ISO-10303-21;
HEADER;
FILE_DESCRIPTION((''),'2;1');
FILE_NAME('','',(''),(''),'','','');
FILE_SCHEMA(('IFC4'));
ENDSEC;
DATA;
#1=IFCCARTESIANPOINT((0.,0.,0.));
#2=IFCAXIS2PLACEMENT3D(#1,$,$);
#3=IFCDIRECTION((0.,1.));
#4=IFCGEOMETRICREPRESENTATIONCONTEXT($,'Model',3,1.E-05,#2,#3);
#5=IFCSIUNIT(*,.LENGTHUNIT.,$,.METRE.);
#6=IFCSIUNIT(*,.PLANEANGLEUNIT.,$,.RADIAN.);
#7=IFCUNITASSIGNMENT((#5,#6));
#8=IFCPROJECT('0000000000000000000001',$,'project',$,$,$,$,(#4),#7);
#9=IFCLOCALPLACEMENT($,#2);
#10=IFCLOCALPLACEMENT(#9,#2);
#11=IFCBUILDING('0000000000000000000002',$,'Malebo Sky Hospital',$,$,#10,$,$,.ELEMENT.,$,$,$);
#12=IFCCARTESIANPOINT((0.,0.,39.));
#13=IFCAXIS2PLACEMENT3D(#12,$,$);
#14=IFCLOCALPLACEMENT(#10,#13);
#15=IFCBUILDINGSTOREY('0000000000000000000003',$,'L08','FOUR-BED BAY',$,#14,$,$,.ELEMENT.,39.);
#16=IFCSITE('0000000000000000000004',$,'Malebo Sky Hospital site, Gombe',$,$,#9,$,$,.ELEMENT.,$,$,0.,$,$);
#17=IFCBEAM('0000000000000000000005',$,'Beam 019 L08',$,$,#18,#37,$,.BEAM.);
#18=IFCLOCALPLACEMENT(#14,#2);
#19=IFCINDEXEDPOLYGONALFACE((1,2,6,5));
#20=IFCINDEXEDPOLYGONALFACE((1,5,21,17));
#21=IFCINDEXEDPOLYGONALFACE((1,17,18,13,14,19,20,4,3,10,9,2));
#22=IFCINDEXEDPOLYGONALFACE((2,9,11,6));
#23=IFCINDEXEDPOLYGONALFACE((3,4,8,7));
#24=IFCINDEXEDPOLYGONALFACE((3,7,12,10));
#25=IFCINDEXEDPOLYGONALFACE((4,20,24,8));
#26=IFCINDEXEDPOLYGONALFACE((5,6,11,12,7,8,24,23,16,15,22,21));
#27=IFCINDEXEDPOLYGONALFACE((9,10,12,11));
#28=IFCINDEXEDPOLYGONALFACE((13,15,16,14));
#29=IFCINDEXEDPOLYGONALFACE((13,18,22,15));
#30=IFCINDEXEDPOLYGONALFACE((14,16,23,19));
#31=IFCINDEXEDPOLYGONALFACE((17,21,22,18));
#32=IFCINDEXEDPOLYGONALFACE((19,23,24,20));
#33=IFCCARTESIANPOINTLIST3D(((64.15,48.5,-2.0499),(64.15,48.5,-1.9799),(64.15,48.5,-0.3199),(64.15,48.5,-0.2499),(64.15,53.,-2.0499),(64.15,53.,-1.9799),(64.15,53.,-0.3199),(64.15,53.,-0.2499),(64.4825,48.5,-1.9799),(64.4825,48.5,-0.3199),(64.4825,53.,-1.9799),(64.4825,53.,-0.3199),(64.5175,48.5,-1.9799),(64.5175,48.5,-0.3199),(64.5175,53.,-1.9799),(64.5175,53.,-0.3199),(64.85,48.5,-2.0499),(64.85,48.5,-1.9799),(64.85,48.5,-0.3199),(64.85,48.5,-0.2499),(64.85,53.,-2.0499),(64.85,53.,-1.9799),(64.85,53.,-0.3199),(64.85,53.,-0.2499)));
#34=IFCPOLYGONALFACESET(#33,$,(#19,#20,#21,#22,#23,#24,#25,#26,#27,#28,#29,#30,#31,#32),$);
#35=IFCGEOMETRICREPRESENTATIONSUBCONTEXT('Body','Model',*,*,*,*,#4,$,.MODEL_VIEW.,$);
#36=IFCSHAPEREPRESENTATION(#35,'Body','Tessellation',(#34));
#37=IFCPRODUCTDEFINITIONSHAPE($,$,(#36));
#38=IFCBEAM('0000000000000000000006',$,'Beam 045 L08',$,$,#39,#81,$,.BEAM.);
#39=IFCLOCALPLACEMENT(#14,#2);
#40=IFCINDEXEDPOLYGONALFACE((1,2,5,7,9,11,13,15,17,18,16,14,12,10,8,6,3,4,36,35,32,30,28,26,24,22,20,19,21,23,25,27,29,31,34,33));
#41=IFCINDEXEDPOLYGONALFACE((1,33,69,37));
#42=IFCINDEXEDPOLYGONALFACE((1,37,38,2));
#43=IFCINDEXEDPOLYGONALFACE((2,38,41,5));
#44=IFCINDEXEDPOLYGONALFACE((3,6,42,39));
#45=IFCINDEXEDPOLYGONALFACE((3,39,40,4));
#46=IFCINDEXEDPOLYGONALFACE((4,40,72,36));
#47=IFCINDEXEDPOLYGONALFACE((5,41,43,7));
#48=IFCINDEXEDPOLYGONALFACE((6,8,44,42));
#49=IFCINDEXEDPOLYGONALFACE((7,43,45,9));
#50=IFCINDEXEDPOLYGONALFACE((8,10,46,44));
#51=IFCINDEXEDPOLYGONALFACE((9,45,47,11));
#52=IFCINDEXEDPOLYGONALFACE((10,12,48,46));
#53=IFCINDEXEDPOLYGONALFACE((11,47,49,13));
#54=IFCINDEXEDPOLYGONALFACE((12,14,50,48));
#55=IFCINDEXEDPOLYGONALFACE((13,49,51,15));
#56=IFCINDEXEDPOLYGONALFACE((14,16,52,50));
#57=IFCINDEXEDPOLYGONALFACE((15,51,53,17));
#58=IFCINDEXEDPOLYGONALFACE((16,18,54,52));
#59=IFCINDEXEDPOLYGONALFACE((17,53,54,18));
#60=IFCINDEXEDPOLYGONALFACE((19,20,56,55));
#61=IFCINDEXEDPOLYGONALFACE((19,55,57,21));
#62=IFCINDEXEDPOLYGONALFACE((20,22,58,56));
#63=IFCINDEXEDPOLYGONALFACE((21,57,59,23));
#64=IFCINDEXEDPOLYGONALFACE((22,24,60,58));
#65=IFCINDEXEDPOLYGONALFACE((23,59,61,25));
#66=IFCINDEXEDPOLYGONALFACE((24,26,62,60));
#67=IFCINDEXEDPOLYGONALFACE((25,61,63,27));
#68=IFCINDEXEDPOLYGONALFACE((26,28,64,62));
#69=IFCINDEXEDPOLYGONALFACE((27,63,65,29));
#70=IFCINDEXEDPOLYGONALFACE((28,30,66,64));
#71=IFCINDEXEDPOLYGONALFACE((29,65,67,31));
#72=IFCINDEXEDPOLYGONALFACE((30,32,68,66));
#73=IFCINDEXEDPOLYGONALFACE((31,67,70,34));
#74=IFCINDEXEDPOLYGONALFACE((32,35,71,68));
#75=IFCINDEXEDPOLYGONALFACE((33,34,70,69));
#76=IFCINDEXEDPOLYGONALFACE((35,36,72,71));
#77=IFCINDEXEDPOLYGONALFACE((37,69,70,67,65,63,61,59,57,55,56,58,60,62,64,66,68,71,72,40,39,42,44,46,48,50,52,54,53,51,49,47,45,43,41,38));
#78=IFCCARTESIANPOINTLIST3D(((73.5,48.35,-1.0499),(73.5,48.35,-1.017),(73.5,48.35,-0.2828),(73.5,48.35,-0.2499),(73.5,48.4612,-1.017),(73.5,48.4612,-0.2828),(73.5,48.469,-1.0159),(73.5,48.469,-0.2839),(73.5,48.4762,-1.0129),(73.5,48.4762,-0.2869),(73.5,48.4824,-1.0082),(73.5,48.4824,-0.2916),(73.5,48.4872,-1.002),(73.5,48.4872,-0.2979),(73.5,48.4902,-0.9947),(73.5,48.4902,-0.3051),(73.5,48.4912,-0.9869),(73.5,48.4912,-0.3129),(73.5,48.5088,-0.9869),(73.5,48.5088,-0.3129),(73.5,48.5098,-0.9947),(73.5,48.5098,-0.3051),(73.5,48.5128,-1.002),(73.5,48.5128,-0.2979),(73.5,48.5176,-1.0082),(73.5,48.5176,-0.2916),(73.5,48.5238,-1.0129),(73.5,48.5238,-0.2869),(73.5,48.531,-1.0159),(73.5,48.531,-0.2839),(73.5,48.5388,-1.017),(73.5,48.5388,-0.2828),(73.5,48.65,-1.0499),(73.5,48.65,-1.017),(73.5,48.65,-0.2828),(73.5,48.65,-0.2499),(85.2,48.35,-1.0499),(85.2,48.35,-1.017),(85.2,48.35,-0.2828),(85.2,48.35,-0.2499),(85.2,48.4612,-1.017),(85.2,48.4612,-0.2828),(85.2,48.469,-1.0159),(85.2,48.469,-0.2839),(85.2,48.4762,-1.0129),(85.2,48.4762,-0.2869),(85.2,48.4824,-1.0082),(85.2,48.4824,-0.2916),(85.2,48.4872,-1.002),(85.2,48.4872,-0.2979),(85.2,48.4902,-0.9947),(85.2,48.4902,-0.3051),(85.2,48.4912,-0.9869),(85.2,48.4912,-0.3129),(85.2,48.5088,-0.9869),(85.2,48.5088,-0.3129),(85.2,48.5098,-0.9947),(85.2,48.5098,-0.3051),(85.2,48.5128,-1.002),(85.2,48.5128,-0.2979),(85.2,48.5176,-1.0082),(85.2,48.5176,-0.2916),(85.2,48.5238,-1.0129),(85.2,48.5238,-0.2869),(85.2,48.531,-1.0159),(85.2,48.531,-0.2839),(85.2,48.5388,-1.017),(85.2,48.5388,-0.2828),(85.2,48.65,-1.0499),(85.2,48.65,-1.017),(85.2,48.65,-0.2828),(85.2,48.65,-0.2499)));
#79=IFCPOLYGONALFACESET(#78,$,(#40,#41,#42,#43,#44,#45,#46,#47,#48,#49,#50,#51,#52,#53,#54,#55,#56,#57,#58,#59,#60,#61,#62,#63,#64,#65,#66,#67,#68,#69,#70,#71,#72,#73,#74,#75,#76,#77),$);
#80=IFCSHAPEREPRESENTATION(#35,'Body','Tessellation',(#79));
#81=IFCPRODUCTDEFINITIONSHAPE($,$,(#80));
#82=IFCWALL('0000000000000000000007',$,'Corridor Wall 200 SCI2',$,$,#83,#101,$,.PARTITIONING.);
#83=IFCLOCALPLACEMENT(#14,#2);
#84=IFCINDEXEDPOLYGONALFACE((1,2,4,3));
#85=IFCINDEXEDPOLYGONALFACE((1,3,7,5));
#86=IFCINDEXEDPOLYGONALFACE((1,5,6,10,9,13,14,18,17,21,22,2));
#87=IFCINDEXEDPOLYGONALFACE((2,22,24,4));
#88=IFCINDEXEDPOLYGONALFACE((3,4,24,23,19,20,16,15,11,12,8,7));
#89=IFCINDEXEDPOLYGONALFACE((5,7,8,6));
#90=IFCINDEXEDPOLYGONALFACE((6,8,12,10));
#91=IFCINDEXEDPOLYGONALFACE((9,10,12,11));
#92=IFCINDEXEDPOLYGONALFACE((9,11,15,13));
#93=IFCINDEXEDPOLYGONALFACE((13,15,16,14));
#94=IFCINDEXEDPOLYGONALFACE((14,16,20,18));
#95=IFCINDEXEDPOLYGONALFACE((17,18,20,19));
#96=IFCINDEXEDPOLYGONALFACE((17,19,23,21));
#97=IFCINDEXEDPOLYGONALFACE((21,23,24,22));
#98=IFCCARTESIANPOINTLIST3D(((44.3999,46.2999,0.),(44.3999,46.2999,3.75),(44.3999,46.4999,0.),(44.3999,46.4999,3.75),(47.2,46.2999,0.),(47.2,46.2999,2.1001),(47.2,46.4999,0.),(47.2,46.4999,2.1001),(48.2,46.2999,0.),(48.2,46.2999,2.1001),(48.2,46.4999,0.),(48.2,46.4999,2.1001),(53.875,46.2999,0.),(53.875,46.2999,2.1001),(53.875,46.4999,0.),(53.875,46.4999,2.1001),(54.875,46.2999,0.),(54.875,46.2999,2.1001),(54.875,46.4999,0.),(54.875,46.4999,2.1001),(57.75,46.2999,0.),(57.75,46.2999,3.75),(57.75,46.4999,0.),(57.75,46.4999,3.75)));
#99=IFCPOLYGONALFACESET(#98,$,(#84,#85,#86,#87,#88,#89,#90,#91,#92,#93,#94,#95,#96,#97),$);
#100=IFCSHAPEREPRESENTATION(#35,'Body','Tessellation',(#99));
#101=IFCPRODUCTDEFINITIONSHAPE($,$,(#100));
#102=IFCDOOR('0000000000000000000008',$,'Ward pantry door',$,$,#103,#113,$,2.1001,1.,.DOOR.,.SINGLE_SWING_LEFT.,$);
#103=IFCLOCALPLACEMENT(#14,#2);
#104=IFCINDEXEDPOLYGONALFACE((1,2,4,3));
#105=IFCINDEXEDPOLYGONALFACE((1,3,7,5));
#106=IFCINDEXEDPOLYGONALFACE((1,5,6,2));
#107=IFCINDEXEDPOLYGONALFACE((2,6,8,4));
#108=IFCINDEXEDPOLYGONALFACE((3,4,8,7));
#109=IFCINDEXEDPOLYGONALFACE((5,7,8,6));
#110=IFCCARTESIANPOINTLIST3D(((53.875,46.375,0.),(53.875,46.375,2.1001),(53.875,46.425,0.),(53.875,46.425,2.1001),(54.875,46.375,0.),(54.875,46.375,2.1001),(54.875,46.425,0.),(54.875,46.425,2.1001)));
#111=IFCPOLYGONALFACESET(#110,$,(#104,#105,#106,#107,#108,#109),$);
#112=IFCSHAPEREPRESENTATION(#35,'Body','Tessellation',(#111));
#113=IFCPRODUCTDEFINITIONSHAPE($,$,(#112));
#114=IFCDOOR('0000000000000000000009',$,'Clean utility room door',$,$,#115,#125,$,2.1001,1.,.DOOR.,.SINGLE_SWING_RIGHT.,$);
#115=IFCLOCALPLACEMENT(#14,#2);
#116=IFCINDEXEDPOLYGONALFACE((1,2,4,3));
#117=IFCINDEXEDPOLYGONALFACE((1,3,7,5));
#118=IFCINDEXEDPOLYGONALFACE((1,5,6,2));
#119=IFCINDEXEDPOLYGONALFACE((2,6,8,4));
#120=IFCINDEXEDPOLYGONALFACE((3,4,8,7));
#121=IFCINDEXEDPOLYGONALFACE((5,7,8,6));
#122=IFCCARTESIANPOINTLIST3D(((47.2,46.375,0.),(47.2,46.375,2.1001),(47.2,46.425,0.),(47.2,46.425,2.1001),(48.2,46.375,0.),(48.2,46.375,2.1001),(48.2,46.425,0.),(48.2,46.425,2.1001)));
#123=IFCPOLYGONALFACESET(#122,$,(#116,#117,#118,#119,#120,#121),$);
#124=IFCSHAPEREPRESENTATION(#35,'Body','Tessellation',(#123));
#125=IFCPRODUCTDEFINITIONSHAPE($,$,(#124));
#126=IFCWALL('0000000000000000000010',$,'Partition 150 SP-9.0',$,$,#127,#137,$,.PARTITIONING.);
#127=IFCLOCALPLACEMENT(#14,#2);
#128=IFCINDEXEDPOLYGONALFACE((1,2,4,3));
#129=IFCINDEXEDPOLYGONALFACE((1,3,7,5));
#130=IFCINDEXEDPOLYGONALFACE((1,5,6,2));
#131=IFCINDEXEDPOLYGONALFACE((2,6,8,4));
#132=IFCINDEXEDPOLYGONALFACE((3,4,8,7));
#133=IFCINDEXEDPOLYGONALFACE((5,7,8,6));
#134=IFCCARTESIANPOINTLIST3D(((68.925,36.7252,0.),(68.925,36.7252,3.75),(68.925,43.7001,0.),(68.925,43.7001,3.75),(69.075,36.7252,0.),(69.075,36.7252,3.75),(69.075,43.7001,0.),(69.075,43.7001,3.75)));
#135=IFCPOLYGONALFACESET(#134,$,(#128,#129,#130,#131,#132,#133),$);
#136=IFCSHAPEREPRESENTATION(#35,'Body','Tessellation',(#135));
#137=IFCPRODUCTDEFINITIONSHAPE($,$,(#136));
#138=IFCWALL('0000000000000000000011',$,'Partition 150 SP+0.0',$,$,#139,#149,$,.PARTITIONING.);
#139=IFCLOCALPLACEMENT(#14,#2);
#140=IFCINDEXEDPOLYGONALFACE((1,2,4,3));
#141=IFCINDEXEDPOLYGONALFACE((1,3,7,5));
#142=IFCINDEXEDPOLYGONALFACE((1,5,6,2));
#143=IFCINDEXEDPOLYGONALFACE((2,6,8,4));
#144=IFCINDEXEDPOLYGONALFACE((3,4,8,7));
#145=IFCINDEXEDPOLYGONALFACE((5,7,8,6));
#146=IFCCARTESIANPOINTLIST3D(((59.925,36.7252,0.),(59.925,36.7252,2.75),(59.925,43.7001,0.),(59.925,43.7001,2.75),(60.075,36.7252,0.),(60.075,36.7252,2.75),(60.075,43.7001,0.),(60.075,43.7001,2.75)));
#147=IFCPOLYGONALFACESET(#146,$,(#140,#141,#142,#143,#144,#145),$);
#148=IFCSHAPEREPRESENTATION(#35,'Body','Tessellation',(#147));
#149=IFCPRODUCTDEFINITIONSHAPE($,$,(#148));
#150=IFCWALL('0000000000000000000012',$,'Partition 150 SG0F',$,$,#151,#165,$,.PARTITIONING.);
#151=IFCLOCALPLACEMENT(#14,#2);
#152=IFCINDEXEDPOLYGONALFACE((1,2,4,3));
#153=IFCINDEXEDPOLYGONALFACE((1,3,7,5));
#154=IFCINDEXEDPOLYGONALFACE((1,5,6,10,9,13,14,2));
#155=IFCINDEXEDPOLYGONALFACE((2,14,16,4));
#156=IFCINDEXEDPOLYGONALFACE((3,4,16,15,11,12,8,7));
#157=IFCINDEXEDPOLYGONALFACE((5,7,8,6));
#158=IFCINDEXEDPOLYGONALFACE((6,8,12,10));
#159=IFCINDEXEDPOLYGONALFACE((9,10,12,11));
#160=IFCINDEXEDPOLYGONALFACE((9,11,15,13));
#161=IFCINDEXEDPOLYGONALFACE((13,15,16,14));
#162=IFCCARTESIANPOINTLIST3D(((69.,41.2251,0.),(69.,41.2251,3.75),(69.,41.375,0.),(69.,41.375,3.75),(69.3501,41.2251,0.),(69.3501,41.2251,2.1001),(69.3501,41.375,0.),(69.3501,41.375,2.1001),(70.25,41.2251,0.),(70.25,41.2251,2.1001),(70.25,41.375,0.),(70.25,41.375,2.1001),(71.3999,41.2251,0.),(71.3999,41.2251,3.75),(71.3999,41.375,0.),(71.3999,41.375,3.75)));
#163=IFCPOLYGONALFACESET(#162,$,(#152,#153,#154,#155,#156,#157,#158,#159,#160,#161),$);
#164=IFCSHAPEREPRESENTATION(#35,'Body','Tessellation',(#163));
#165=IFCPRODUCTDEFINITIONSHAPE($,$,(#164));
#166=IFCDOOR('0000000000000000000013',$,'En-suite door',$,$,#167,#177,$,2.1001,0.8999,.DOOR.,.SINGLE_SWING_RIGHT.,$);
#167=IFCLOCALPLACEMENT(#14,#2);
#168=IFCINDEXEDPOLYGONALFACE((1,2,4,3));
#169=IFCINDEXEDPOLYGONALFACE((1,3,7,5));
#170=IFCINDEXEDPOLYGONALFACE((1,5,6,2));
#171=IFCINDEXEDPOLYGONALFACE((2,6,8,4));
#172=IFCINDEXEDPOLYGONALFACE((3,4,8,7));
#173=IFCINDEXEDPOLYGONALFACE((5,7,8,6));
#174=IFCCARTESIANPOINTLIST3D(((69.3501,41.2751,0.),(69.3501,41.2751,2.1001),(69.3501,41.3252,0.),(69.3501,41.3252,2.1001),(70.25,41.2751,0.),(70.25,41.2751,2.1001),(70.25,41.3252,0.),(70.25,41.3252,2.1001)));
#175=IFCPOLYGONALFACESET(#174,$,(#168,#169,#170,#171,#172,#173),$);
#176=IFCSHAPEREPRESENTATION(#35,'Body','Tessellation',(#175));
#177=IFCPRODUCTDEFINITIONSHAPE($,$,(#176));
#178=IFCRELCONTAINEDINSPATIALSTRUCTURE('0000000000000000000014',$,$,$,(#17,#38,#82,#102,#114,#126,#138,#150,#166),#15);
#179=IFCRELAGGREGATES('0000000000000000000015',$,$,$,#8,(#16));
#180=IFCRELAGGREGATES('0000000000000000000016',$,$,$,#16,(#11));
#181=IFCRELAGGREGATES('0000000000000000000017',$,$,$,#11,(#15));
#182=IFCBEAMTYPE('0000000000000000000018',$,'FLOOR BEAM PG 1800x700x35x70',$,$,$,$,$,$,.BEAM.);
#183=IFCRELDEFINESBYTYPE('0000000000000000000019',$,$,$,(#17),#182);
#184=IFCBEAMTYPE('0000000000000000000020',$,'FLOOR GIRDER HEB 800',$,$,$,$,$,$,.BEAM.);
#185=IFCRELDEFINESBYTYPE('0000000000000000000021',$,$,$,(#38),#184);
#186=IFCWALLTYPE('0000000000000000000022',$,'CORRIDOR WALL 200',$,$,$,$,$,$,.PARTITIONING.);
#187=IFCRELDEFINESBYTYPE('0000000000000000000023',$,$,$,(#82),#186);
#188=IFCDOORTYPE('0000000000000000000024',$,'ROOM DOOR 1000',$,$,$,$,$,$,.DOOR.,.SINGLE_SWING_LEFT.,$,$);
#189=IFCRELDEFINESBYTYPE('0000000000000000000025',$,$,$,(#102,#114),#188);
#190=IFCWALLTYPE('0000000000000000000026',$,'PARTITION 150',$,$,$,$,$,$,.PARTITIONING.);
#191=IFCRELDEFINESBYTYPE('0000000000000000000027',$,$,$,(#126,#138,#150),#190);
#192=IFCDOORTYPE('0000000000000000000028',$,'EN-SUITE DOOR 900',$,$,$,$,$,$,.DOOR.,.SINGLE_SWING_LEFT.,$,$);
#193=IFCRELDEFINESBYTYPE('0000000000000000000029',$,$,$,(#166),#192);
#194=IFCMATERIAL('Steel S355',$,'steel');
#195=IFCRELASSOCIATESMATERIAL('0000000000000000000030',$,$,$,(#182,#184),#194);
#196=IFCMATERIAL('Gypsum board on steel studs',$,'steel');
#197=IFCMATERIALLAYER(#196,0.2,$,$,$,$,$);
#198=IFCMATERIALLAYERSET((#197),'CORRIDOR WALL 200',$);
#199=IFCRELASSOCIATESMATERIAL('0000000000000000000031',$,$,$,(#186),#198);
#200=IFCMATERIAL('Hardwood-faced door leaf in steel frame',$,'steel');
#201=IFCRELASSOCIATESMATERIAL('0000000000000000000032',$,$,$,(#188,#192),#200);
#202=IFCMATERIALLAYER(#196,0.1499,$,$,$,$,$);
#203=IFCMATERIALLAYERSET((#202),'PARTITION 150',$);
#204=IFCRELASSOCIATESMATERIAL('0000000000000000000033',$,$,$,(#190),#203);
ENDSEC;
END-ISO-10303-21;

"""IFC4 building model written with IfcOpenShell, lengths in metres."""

from ifc_helpers import new_model, si_unit, direction, frame, frame_2d, origin, origin_2d, place, context, subcontext, project, spatial, rectangle, i_section, extrude, material, layer, layer_set, material_profile, profile_set, type_object, element, fill, save


model = new_model("IFC4")

# Units and contexts
model_context = context("Model", 3, precision=1e-05, world=origin(), true_north=direction((0.0, 1.0)))
body_context = subcontext(model_context, "Body", "Model", "MODEL_VIEW")
ifc_project = project(units=[si_unit("LENGTHUNIT", "METRE"), si_unit("PLANEANGLEUNIT", "RADIAN")], contexts=[model_context])

# Site, building, storey
site_placement = place(None, origin())
site = spatial("IfcSite", under=ifc_project, at=site_placement, Name="Malebo Sky Hospital site, Gombe", CompositionType="ELEMENT", RefElevation=0.0)
building_placement = place(site_placement, origin())
building = spatial("IfcBuilding", under=site, at=building_placement, Name="Malebo Sky Hospital", CompositionType="ELEMENT")
storey_placement = place(building_placement, frame((0.0, 0.0, 39.0)))
storey = spatial("IfcBuildingStorey", under=building, at=storey_placement, Name="L08", Description="FOUR-BED BAY", CompositionType="ELEMENT", Elevation=39.0)

# Beams
ifc_material_1 = material(Name="Steel S355", Category="steel")
ifc_material_profile_1 = material_profile(ifc_material_1, i_section(OverallWidth=0.7, OverallDepth=1.8, WebThickness=0.0349, FlangeThickness=0.0701, at=origin_2d()), Name="PG 1800x700x35x70")
ifc_profile_set_1 = profile_set([ifc_material_profile_1], Name="Steel S355")
beam_type_1 = type_object("IfcBeamType", Name="FLOOR BEAM PG 1800x700x35x70", PredefinedType="BEAM", material=ifc_profile_set_1)
beam_1_placement = place(storey_placement, frame((64.5, 48.5, -1.1499), z_axis=(0.0, 1.0, 0.0), x_axis=(-1.0, 0.0, 0.0)))
element("IfcBeam", 1, at=beam_1_placement, inside=storey, type_object=beam_type_1, Name="Beam 019 L08", PredefinedType="BEAM", context=body_context, shape_type="SweptSolid", body=[
    extrude(i_section(OverallWidth=0.7, OverallDepth=1.8, WebThickness=0.0349, FlangeThickness=0.0701, at=origin_2d()), origin(), (0.0, 0.0, 1.0), 4.5),
])
ifc_material_profile_2 = material_profile(ifc_material_1, i_section(OverallWidth=0.3, OverallDepth=0.8, WebThickness=0.0176, FlangeThickness=0.033, FilletRadius=0.03, at=origin_2d()), Name="HEB 800")
ifc_profile_set_2 = profile_set([ifc_material_profile_2], Name="Steel S355")
beam_type_2 = type_object("IfcBeamType", Name="FLOOR GIRDER HEB 800", PredefinedType="BEAM", material=ifc_profile_set_2)
beam_2_placement = place(storey_placement, frame((73.5, 48.5, -0.6499), z_axis=(1.0, 0.0, 0.0), x_axis=(0.0, 1.0, 0.0)))
element("IfcBeam", 2, at=beam_2_placement, inside=storey, type_object=beam_type_2, Name="Beam 045 L08", PredefinedType="BEAM", context=body_context, shape_type="SweptSolid", body=[
    extrude(i_section(OverallWidth=0.3, OverallDepth=0.8, WebThickness=0.0176, FlangeThickness=0.033, FilletRadius=0.03, at=origin_2d()), origin(), (0.0, 0.0, 1.0), 11.7),
])

# Wall, openings, doors
ifc_material_2 = material(Name="Gypsum board on steel studs", Category="steel")
ifc_layer_1 = layer(ifc_material_2, 0.2)
ifc_layer_set_1 = layer_set([ifc_layer_1], Name="CORRIDOR WALL 200")
wall_type_1 = type_object("IfcWallType", Name="CORRIDOR WALL 200", PredefinedType="PARTITIONING", material=ifc_layer_set_1)
wall_1_placement = place(storey_placement, frame((57.75, 46.3999, 0.0), z_axis=(0.0, 0.0, 1.0), x_axis=(-1.0, 0.0, 0.0)))
wall_1 = element("IfcWall", 3, at=wall_1_placement, inside=storey, type_object=wall_type_1, Name="Corridor Wall 200 SCI2", PredefinedType="PARTITIONING", context=body_context, shape_type="SweptSolid", body=[
    extrude(rectangle(XDim=13.3501, YDim=0.2, at=frame_2d((6.675, 0.0))), origin(), (0.0, 0.0, 1.0), 3.75),
])
opening_1_placement = place(wall_1_placement, frame((2.875, 0.0, 0.0)))
opening_1 = element("IfcOpeningElement", 4, at=opening_1_placement, cuts=wall_1, PredefinedType="OPENING", context=body_context, shape_type="SweptSolid", body=[
    extrude(rectangle(XDim=1.0, YDim=2.1001, at=frame_2d((0.5, 1.05))), frame((0.0, 0.1099, 0.0), z_axis=(0.0, -1.0, 0.0), x_axis=(1.0, 0.0, 0.0)), (0.0, 0.0, 1.0), 0.22),
])
opening_2_placement = place(wall_1_placement, frame((9.55, 0.0, 0.0)))
opening_2 = element("IfcOpeningElement", 5, at=opening_2_placement, cuts=wall_1, PredefinedType="OPENING", context=body_context, shape_type="SweptSolid", body=[
    extrude(rectangle(XDim=1.0, YDim=2.1001, at=frame_2d((0.5, 1.05))), frame((0.0, 0.1099, 0.0), z_axis=(0.0, -1.0, 0.0), x_axis=(1.0, 0.0, 0.0)), (0.0, 0.0, 1.0), 0.22),
])
ifc_material_3 = material(Name="Hardwood-faced door leaf in steel frame", Category="steel")
door_type_1 = type_object("IfcDoorType", Name="ROOM DOOR 1000", OperationType="SINGLE_SWING_LEFT", PredefinedType="DOOR", material=ifc_material_3)
door_1_placement = place(opening_1_placement, origin())
door_1 = element("IfcDoor", 6, at=door_1_placement, inside=storey, type_object=door_type_1, Name="Ward pantry door", OperationType="SINGLE_SWING_LEFT", OverallHeight=2.1001, OverallWidth=1.0, PredefinedType="DOOR", context=body_context, shape_type="SweptSolid", body=[
    extrude(rectangle(XDim=1.0, YDim=2.1001, at=frame_2d((0.5, 1.05))), frame((0.0, 0.0249, 0.0), z_axis=(0.0, -1.0, 0.0), x_axis=(1.0, 0.0, 0.0)), (0.0, 0.0, 1.0), 0.05),
])
fill(opening_1, door_1)
door_2_placement = place(opening_2_placement, origin())
door_2 = element("IfcDoor", 7, at=door_2_placement, inside=storey, type_object=door_type_1, Name="Clean utility room door", OperationType="SINGLE_SWING_RIGHT", OverallHeight=2.1001, OverallWidth=1.0, PredefinedType="DOOR", context=body_context, shape_type="SweptSolid", body=[
    extrude(rectangle(XDim=1.0, YDim=2.1001, at=frame_2d((0.5, 1.05))), frame((0.0, 0.0249, 0.0), z_axis=(0.0, -1.0, 0.0), x_axis=(1.0, 0.0, 0.0)), (0.0, 0.0, 1.0), 0.05),
])
fill(opening_2, door_2)

# Walls
ifc_layer_2 = layer(ifc_material_2, 0.1499)
ifc_layer_set_2 = layer_set([ifc_layer_2], Name="PARTITION 150")
wall_type_2 = type_object("IfcWallType", Name="PARTITION 150", PredefinedType="PARTITIONING", material=ifc_layer_set_2)
wall_2_placement = place(storey_placement, frame((69.0, 43.7, 0.0), z_axis=(0.0, 0.0, 1.0), x_axis=(0.0, -1.0, 0.0)))
element("IfcWall", 8, at=wall_2_placement, inside=storey, type_object=wall_type_2, Name="Partition 150 SP-9.0", PredefinedType="PARTITIONING", context=body_context, shape_type="SweptSolid", body=[
    extrude(rectangle(XDim=6.9749, YDim=0.1499, at=frame_2d((3.4873, 0.0))), origin(), (0.0, 0.0, 1.0), 3.75),
])
wall_3_placement = place(storey_placement, frame((60.0, 43.7, 0.0), z_axis=(0.0, 0.0, 1.0), x_axis=(0.0, -1.0, 0.0)))
element("IfcWall", 9, at=wall_3_placement, inside=storey, type_object=wall_type_2, Name="Partition 150 SP+0.0", PredefinedType="PARTITIONING", context=body_context, shape_type="SweptSolid", body=[
    extrude(rectangle(XDim=6.9749, YDim=0.1499, at=frame_2d((3.4873, 0.0))), origin(), (0.0, 0.0, 1.0), 2.75),
])

# Wall, opening, door
wall_4_placement = place(storey_placement, frame((71.3999, 41.3, 0.0), z_axis=(0.0, 0.0, 1.0), x_axis=(-1.0, 0.0, 0.0)))
wall_4 = element("IfcWall", 10, at=wall_4_placement, inside=storey, type_object=wall_type_2, Name="Partition 150 SG0F", PredefinedType="PARTITIONING", context=body_context, shape_type="SweptSolid", body=[
    extrude(rectangle(XDim=2.3999, YDim=0.1499, at=frame_2d((1.2, 0.0))), origin(), (0.0, 0.0, 1.0), 3.75),
])
opening_3_placement = place(wall_4_placement, frame((1.1499, 0.0, 0.0)))
opening_3 = element("IfcOpeningElement", 11, at=opening_3_placement, cuts=wall_4, PredefinedType="OPENING", context=body_context, shape_type="SweptSolid", body=[
    extrude(rectangle(XDim=0.8999, YDim=2.1001, at=frame_2d((0.45, 1.05))), frame((0.0, 0.085, 0.0), z_axis=(0.0, -1.0, 0.0), x_axis=(1.0, 0.0, 0.0)), (0.0, 0.0, 1.0), 0.1699),
])
door_type_2 = type_object("IfcDoorType", Name="EN-SUITE DOOR 900", OperationType="SINGLE_SWING_LEFT", PredefinedType="DOOR", material=ifc_material_3)
door_3_placement = place(opening_3_placement, origin())
door_3 = element("IfcDoor", 12, at=door_3_placement, inside=storey, type_object=door_type_2, Name="En-suite door", OperationType="SINGLE_SWING_RIGHT", OverallHeight=2.1001, OverallWidth=0.8999, PredefinedType="DOOR", context=body_context, shape_type="SweptSolid", body=[
    extrude(rectangle(XDim=0.8999, YDim=2.1001, at=frame_2d((0.45, 1.05))), frame((0.0, 0.0249, 0.0), z_axis=(0.0, -1.0, 0.0), x_axis=(1.0, 0.0, 0.0)), (0.0, 0.0, 1.0), 0.05),
])
fill(opening_3, door_3)

save(model, "model.ifc")
